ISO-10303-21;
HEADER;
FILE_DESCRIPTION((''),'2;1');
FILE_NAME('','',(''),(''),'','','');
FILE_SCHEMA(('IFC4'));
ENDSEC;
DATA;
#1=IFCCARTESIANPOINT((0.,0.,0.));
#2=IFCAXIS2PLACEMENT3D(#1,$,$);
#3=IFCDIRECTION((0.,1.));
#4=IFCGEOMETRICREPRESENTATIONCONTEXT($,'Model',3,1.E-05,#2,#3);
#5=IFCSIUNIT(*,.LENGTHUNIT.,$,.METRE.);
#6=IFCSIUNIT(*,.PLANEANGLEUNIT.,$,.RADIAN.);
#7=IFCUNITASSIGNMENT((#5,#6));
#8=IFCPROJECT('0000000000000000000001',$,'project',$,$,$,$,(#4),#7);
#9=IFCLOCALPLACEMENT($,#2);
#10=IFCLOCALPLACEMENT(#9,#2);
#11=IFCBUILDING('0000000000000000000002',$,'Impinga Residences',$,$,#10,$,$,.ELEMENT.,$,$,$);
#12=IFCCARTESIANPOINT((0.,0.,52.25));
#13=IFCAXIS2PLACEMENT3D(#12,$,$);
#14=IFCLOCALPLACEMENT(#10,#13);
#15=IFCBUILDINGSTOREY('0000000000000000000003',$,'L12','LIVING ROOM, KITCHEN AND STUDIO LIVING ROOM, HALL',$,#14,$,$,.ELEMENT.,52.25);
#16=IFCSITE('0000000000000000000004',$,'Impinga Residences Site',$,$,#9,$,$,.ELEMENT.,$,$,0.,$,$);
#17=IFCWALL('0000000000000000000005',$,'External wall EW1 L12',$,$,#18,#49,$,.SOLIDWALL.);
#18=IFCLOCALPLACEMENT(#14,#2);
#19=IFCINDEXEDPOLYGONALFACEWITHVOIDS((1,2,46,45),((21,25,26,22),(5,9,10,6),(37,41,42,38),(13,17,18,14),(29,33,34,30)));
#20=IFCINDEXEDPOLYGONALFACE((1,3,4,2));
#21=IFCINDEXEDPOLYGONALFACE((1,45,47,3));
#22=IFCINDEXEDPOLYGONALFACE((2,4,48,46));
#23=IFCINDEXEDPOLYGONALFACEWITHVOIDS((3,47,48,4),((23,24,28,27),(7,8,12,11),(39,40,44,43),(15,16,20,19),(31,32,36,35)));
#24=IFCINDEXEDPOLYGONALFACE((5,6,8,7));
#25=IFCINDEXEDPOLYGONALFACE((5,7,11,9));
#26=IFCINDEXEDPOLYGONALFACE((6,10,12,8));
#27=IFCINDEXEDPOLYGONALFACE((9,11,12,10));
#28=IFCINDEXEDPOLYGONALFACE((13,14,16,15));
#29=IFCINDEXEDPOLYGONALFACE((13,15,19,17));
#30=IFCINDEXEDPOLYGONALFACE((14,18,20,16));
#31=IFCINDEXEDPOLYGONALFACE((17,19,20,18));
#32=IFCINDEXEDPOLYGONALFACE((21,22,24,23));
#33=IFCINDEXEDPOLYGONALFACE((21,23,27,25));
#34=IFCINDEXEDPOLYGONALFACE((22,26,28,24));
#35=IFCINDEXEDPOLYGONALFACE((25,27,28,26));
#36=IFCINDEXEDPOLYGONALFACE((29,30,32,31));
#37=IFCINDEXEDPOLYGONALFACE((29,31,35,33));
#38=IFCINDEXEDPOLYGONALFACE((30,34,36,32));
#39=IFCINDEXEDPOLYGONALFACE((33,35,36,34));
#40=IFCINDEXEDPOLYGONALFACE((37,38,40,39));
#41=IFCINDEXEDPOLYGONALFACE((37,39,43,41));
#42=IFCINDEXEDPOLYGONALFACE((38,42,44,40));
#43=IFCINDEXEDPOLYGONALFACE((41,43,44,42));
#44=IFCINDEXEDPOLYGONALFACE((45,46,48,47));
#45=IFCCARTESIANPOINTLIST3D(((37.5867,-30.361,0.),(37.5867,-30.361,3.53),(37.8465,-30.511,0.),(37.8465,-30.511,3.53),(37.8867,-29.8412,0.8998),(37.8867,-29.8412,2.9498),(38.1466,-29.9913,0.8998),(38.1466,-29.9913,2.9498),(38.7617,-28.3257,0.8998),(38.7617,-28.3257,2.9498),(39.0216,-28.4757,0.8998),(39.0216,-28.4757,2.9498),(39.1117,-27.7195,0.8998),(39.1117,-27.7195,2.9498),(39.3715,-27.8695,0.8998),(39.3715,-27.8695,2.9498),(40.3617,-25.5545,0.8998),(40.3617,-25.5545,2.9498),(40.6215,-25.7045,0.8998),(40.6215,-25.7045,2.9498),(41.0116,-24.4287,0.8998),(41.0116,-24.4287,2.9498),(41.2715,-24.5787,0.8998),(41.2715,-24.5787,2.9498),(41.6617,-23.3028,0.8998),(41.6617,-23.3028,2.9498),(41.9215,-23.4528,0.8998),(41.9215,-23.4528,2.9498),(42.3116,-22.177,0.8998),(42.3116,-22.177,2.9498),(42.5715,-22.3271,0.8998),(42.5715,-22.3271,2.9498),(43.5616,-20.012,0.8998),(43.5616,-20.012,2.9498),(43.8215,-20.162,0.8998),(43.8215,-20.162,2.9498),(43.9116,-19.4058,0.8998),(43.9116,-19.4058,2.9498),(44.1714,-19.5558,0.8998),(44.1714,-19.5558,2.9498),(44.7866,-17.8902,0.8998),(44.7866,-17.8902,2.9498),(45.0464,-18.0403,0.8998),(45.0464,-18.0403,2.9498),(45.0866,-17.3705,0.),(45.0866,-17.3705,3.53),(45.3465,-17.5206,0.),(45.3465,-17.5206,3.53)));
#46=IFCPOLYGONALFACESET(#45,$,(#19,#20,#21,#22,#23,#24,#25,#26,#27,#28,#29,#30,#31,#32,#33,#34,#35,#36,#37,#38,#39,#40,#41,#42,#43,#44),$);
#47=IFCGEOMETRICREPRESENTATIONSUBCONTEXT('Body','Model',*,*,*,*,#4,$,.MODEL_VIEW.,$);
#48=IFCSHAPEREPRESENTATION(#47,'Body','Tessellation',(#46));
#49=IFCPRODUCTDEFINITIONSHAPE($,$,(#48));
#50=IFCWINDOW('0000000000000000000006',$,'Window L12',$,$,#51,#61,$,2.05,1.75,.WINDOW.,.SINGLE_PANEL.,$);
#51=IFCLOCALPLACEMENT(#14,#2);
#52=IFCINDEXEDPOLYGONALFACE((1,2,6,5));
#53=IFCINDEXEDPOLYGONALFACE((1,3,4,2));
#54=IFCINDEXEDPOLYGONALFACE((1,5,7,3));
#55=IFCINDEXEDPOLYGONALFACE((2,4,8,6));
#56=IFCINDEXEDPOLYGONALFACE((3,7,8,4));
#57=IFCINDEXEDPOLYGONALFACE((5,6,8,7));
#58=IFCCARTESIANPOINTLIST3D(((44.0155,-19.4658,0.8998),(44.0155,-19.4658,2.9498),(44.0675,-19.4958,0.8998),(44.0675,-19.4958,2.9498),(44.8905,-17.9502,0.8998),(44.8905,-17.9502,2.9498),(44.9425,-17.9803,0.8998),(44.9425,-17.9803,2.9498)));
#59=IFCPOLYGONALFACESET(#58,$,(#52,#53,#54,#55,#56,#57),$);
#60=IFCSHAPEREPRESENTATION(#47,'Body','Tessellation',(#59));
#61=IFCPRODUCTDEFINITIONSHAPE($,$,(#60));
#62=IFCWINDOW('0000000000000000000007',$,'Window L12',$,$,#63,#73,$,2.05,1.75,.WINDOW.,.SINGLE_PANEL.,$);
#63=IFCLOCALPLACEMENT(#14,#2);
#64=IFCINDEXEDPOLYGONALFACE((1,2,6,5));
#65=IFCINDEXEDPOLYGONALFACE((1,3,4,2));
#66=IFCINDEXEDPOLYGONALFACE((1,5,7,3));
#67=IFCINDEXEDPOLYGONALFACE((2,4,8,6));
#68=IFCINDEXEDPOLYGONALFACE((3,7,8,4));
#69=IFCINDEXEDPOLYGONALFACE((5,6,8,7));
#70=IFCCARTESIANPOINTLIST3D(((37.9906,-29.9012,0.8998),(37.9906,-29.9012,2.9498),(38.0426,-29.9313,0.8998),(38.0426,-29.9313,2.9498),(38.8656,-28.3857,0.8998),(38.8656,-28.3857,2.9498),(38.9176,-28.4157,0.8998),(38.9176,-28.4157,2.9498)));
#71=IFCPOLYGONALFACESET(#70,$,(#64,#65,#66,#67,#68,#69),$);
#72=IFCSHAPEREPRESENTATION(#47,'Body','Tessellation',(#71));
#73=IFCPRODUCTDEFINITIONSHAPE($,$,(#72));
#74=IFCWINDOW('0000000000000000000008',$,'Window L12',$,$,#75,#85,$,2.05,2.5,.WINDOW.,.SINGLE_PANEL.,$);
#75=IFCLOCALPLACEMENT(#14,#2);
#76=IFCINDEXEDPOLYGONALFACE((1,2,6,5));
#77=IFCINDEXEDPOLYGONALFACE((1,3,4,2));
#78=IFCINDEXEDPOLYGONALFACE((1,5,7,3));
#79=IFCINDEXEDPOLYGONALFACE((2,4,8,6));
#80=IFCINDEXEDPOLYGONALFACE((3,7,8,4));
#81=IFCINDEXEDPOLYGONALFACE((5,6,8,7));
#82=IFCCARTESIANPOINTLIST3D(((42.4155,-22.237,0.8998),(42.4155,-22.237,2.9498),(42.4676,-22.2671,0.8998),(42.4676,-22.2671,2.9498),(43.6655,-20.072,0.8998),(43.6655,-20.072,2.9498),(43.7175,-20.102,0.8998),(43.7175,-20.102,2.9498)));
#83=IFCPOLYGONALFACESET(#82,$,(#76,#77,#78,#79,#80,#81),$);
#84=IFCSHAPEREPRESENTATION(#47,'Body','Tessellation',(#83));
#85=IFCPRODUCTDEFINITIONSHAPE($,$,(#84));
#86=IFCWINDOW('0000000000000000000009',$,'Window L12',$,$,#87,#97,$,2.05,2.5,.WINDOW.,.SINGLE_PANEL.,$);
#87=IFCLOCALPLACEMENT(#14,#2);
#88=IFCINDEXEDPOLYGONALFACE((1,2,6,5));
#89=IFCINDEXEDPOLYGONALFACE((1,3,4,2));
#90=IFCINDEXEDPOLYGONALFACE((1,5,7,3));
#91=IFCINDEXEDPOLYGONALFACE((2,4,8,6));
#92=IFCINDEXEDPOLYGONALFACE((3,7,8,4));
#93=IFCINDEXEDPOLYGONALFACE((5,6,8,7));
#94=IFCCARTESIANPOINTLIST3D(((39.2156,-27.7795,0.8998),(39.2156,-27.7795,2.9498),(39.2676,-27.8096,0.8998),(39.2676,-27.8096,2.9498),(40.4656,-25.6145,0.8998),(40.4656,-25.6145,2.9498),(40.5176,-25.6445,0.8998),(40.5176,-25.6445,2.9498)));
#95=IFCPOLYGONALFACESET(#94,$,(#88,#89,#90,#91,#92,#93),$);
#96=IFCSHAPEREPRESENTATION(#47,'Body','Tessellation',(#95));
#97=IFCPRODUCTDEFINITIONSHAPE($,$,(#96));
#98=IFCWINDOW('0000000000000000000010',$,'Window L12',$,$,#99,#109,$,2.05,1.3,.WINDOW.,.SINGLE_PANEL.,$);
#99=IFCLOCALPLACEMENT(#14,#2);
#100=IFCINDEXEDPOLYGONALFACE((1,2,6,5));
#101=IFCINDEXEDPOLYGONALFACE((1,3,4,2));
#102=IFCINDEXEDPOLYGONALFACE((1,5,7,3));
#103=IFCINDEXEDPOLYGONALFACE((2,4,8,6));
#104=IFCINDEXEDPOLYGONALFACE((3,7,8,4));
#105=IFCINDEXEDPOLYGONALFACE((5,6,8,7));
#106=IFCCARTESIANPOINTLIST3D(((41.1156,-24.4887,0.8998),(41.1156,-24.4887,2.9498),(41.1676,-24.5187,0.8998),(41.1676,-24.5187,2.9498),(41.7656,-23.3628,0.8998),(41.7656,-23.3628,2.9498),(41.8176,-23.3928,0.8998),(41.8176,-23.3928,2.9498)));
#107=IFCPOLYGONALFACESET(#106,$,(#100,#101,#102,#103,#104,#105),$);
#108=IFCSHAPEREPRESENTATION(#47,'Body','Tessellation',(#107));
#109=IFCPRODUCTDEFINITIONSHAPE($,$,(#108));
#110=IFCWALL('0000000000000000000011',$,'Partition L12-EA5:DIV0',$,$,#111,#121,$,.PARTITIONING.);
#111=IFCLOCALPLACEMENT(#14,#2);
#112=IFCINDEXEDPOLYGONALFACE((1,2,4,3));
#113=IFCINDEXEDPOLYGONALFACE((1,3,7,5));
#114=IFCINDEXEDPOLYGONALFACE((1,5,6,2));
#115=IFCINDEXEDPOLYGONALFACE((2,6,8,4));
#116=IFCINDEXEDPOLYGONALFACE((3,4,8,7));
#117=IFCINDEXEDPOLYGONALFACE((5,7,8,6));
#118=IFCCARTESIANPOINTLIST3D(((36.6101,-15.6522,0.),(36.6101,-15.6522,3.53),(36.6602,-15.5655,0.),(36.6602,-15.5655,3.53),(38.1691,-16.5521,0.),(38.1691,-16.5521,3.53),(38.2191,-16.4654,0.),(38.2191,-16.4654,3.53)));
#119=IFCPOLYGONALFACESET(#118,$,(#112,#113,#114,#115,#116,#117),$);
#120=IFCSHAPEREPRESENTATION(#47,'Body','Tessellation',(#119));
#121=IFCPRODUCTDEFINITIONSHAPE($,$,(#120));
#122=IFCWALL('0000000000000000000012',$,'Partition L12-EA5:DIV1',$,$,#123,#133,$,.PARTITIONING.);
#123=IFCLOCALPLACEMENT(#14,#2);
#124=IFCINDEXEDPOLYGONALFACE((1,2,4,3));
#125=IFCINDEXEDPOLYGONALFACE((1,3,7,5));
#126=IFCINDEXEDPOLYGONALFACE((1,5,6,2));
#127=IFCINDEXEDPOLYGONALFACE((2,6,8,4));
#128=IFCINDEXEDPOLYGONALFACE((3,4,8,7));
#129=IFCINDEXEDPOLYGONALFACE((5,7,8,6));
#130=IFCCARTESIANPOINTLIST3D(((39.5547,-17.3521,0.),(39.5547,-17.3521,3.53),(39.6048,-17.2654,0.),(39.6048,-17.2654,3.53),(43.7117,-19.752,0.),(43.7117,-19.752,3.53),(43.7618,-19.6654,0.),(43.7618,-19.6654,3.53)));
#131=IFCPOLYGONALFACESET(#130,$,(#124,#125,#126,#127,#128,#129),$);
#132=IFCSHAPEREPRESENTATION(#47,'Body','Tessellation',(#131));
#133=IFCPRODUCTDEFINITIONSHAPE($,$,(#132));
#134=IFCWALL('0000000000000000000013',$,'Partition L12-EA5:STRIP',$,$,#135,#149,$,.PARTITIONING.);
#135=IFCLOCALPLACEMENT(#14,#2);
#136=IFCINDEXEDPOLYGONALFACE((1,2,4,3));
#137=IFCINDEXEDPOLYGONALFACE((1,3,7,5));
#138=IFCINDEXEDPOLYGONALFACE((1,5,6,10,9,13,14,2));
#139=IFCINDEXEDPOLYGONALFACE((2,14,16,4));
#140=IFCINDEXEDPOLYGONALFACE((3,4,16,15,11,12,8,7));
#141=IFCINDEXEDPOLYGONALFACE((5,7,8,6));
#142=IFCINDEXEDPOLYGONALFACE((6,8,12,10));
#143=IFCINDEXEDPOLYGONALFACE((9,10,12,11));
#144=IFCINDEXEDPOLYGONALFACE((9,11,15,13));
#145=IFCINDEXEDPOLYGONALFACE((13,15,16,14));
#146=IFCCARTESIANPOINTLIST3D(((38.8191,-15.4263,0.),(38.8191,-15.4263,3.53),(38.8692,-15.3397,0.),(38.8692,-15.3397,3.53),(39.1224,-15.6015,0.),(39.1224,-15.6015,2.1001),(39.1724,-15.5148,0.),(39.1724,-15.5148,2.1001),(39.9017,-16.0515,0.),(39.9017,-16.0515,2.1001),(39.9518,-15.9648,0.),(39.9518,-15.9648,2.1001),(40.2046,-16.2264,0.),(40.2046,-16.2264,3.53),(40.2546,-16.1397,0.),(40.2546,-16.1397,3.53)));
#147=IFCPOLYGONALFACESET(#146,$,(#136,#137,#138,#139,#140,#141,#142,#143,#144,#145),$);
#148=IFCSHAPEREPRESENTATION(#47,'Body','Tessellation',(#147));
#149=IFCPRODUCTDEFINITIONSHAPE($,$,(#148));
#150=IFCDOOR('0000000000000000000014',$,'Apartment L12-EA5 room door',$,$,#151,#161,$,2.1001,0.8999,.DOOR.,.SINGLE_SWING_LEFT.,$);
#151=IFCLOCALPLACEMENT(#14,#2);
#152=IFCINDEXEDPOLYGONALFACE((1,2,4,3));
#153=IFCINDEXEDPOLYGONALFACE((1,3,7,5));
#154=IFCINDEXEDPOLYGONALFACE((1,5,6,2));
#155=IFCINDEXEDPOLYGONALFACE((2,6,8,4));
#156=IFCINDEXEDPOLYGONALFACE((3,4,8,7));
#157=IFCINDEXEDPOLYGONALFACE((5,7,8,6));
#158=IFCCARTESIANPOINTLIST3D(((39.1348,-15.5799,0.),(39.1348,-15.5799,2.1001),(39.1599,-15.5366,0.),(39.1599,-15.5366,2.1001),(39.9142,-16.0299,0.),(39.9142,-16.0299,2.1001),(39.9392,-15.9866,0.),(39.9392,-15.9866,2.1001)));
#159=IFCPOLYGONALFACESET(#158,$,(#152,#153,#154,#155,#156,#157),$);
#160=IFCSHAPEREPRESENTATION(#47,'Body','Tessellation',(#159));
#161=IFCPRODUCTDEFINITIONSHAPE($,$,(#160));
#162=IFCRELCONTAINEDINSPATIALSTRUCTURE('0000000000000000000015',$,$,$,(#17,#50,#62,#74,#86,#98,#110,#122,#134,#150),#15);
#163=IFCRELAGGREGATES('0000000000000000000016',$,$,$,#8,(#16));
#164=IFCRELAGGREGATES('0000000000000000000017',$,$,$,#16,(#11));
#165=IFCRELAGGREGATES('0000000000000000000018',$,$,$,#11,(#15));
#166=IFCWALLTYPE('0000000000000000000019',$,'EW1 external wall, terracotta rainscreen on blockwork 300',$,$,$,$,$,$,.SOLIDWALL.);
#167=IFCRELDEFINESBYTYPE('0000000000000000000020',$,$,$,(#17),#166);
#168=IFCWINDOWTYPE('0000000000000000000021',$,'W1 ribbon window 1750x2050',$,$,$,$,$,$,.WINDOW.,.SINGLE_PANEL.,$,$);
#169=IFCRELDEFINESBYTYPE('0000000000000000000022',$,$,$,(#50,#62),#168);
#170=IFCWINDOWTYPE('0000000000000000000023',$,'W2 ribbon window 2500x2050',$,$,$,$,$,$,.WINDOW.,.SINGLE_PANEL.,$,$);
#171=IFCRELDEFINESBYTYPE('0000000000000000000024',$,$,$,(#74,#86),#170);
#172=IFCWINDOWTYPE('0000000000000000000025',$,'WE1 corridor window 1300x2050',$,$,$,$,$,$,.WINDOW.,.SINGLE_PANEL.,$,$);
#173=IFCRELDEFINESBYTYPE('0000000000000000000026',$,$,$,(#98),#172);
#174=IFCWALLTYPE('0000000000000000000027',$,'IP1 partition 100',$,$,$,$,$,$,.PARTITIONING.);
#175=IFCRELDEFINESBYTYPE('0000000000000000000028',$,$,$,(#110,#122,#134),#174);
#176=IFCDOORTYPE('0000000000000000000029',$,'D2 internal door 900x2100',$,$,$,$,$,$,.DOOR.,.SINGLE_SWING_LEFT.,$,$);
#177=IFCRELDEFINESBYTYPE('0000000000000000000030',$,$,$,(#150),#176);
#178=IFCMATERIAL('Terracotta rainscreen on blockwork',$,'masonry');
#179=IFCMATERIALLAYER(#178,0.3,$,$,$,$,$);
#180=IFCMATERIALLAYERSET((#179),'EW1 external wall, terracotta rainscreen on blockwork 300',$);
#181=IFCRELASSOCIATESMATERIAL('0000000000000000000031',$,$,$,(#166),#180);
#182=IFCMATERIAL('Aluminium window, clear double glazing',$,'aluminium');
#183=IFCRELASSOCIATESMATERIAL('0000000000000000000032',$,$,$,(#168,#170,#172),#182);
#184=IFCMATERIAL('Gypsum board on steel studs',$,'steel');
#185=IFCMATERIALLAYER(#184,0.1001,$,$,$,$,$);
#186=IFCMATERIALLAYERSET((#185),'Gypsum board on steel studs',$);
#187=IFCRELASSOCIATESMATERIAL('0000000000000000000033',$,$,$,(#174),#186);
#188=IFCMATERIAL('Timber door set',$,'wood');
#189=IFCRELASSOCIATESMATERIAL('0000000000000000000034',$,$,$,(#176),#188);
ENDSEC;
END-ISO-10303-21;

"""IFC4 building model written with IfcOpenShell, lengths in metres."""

from ifc_helpers import new_model, si_unit, direction, frame, frame_2d, origin, place, context, subcontext, project, spatial, rectangle, extrude, material, layer, layer_set, type_object, element, fill, save


model = new_model("IFC4")

# Units and contexts
model_context = context("Model", 3, precision=1e-05, world=origin(), true_north=direction((0.0, 1.0)))
body_context = subcontext(model_context, "Body", "Model", "MODEL_VIEW")
ifc_project = project(units=[si_unit("LENGTHUNIT", "METRE"), si_unit("PLANEANGLEUNIT", "RADIAN")], contexts=[model_context])

# Site, building, storey
site_placement = place(None, origin())
site = spatial("IfcSite", under=ifc_project, at=site_placement, Name="Impinga Residences Site", CompositionType="ELEMENT", RefElevation=0.0)
building_placement = place(site_placement, origin())
building = spatial("IfcBuilding", under=site, at=building_placement, Name="Impinga Residences", CompositionType="ELEMENT")
storey_placement = place(building_placement, frame((0.0, 0.0, 52.25)))
storey = spatial("IfcBuildingStorey", under=building, at=storey_placement, Name="L12", Description="LIVING ROOM, KITCHEN AND STUDIO LIVING ROOM, HALL", CompositionType="ELEMENT", Elevation=52.25)

# Shared definitions
ifc_material_1 = material(Name="Terracotta rainscreen on blockwork", Category="masonry")
ifc_layer_1 = layer(ifc_material_1, 0.3)
ifc_layer_set_1 = layer_set([ifc_layer_1], Name="EW1 external wall, terracotta rainscreen on blockwork 300")
wall_type_1 = type_object("IfcWallType", Name="EW1 external wall, terracotta rainscreen on blockwork 300", PredefinedType="SOLIDWALL", material=ifc_layer_set_1)

# Wall, openings, windows
wall_1_placement = place(storey_placement, frame((45.2166, -17.4456, 0.0), z_axis=(0.0, 0.0, 1.0), x_axis=(-0.499997, -0.866027, 0.0)))
wall_1 = element("IfcWall", 1, at=wall_1_placement, inside=storey, type_object=wall_type_1, Name="External wall EW1 L12", PredefinedType="SOLIDWALL", context=body_context, shape_type="SweptSolid", body=[
    extrude(rectangle(XDim=15.0, YDim=0.3, at=frame_2d((7.5, 0.0))), origin(), (0.0, 0.0, 1.0), 3.53),
])
opening_1_placement = place(wall_1_placement, frame((0.6001, 0.0, 0.8999)))
opening_1 = element("IfcOpeningElement", 2, at=opening_1_placement, cuts=wall_1, PredefinedType="OPENING", context=body_context, shape_type="SweptSolid", body=[
    extrude(rectangle(XDim=1.75, YDim=2.05, at=frame_2d((0.875, 1.0249))), frame((0.0, 0.1599, 0.0), z_axis=(0.0, -1.0, 0.0), x_axis=(1.0, 0.0, 0.0)), (0.0, 0.0, 1.0), 0.3201),
])
opening_2_placement = place(wall_1_placement, frame((3.05, 0.0, 0.8999)))
opening_2 = element("IfcOpeningElement", 3, at=opening_2_placement, cuts=wall_1, PredefinedType="OPENING", context=body_context, shape_type="SweptSolid", body=[
    extrude(rectangle(XDim=2.5, YDim=2.05, at=frame_2d((1.25, 1.0249))), frame((0.0, 0.1599, 0.0), z_axis=(0.0, -1.0, 0.0), x_axis=(1.0, 0.0, 0.0)), (0.0, 0.0, 1.0), 0.3201),
])
opening_3_placement = place(wall_1_placement, frame((6.8501, 0.0, 0.8999)))
opening_3 = element("IfcOpeningElement", 4, at=opening_3_placement, cuts=wall_1, PredefinedType="OPENING", context=body_context, shape_type="SweptSolid", body=[
    extrude(rectangle(XDim=1.3, YDim=2.05, at=frame_2d((0.6499, 1.0249))), frame((0.0, 0.1599, 0.0), z_axis=(0.0, -1.0, 0.0), x_axis=(1.0, 0.0, 0.0)), (0.0, 0.0, 1.0), 0.3201),
])
opening_4_placement = place(wall_1_placement, frame((9.45, 0.0, 0.8999)))
opening_4 = element("IfcOpeningElement", 5, at=opening_4_placement, cuts=wall_1, PredefinedType="OPENING", context=body_context, shape_type="SweptSolid", body=[
    extrude(rectangle(XDim=2.5, YDim=2.05, at=frame_2d((1.25, 1.0249))), frame((0.0, 0.1599, 0.0), z_axis=(0.0, -1.0, 0.0), x_axis=(1.0, 0.0, 0.0)), (0.0, 0.0, 1.0), 0.3201),
])
opening_5_placement = place(wall_1_placement, frame((12.6499, 0.0, 0.8999)))
opening_5 = element("IfcOpeningElement", 6, at=opening_5_placement, cuts=wall_1, PredefinedType="OPENING", context=body_context, shape_type="SweptSolid", body=[
    extrude(rectangle(XDim=1.75, YDim=2.05, at=frame_2d((0.875, 1.0249))), frame((0.0, 0.1599, 0.0), z_axis=(0.0, -1.0, 0.0), x_axis=(1.0, 0.0, 0.0)), (0.0, 0.0, 1.0), 0.3201),
])
ifc_material_2 = material(Name="Aluminium window, clear double glazing", Category="aluminium")
window_type_1 = type_object("IfcWindowType", Name="W1 ribbon window 1750x2050", PartitioningType="SINGLE_PANEL", PredefinedType="WINDOW", material=ifc_material_2)
window_1_placement = place(opening_1_placement, origin())
window_1 = element("IfcWindow", 7, at=window_1_placement, inside=storey, type_object=window_type_1, Name="Window L12", OverallHeight=2.05, OverallWidth=1.75, PartitioningType="SINGLE_PANEL", PredefinedType="WINDOW", context=body_context, shape_type="SweptSolid", body=[
    extrude(rectangle(XDim=1.75, YDim=2.05, at=frame_2d((0.875, 1.0249))), frame((0.0, 0.03, 0.0), z_axis=(0.0, -1.0, 0.0), x_axis=(1.0, 0.0, 0.0)), (0.0, 0.0, 1.0), 0.0601),
])
fill(opening_1, window_1)
window_2_placement = place(opening_5_placement, origin())
window_2 = element("IfcWindow", 8, at=window_2_placement, inside=storey, type_object=window_type_1, Name="Window L12", OverallHeight=2.05, OverallWidth=1.75, PartitioningType="SINGLE_PANEL", PredefinedType="WINDOW", context=body_context, shape_type="SweptSolid", body=[
    extrude(rectangle(XDim=1.75, YDim=2.05, at=frame_2d((0.875, 1.0249))), frame((0.0, 0.03, 0.0), z_axis=(0.0, -1.0, 0.0), x_axis=(1.0, 0.0, 0.0)), (0.0, 0.0, 1.0), 0.0601),
])
fill(opening_5, window_2)
window_type_2 = type_object("IfcWindowType", Name="W2 ribbon window 2500x2050", PartitioningType="SINGLE_PANEL", PredefinedType="WINDOW", material=ifc_material_2)
window_3_placement = place(opening_2_placement, origin())
window_3 = element("IfcWindow", 9, at=window_3_placement, inside=storey, type_object=window_type_2, Name="Window L12", OverallHeight=2.05, OverallWidth=2.5, PartitioningType="SINGLE_PANEL", PredefinedType="WINDOW", context=body_context, shape_type="SweptSolid", body=[
    extrude(rectangle(XDim=2.5, YDim=2.05, at=frame_2d((1.25, 1.0249))), frame((0.0, 0.03, 0.0), z_axis=(0.0, -1.0, 0.0), x_axis=(1.0, 0.0, 0.0)), (0.0, 0.0, 1.0), 0.0601),
])
fill(opening_2, window_3)
window_4_placement = place(opening_4_placement, origin())
window_4 = element("IfcWindow", 10, at=window_4_placement, inside=storey, type_object=window_type_2, Name="Window L12", OverallHeight=2.05, OverallWidth=2.5, PartitioningType="SINGLE_PANEL", PredefinedType="WINDOW", context=body_context, shape_type="SweptSolid", body=[
    extrude(rectangle(XDim=2.5, YDim=2.05, at=frame_2d((1.25, 1.0249))), frame((0.0, 0.03, 0.0), z_axis=(0.0, -1.0, 0.0), x_axis=(1.0, 0.0, 0.0)), (0.0, 0.0, 1.0), 0.0601),
])
fill(opening_4, window_4)
window_type_3 = type_object("IfcWindowType", Name="WE1 corridor window 1300x2050", PartitioningType="SINGLE_PANEL", PredefinedType="WINDOW", material=ifc_material_2)
window_5_placement = place(opening_3_placement, origin())
window_5 = element("IfcWindow", 11, at=window_5_placement, inside=storey, type_object=window_type_3, Name="Window L12", OverallHeight=2.05, OverallWidth=1.3, PartitioningType="SINGLE_PANEL", PredefinedType="WINDOW", context=body_context, shape_type="SweptSolid", body=[
    extrude(rectangle(XDim=1.3, YDim=2.05, at=frame_2d((0.6499, 1.0249))), frame((0.0, 0.03, 0.0), z_axis=(0.0, -1.0, 0.0), x_axis=(1.0, 0.0, 0.0)), (0.0, 0.0, 1.0), 0.0601),
])
fill(opening_3, window_5)

# Walls
ifc_material_3 = material(Name="Gypsum board on steel studs", Category="steel")
ifc_layer_2 = layer(ifc_material_3, 0.1001)
ifc_layer_set_2 = layer_set([ifc_layer_2], Name="Gypsum board on steel studs")
wall_type_2 = type_object("IfcWallType", Name="IP1 partition 100", PredefinedType="PARTITIONING", material=ifc_layer_set_2)
wall_2_placement = place(storey_placement, frame((36.6353, -15.6089, 0.0), z_axis=(0.0, 0.0, 1.0), x_axis=(0.866048, -0.499961, 0.0)))
element("IfcWall", 12, at=wall_2_placement, inside=storey, type_object=wall_type_2, Name="Partition L12-EA5:DIV0", PredefinedType="PARTITIONING", context=body_context, shape_type="SweptSolid", body=[
    extrude(rectangle(XDim=1.8, YDim=0.1001, at=frame_2d((0.8999, 0.0))), origin(), (0.0, 0.0, 1.0), 3.53),
])
wall_3_placement = place(storey_placement, frame((39.5798, -17.3088, 0.0), z_axis=(0.0, 0.0, 1.0), x_axis=(0.866037, -0.499979, 0.0)))
element("IfcWall", 13, at=wall_3_placement, inside=storey, type_object=wall_type_2, Name="Partition L12-EA5:DIV1", PredefinedType="PARTITIONING", context=body_context, shape_type="SweptSolid", body=[
    extrude(rectangle(XDim=4.8, YDim=0.1001, at=frame_2d((2.3999, 0.0))), origin(), (0.0, 0.0, 1.0), 3.53),
])

# Wall, opening, door
wall_4_placement = place(storey_placement, frame((38.8442, -15.3831, 0.0), z_axis=(0.0, 0.0, 1.0), x_axis=(0.86599, -0.500061, 0.0)))
wall_4 = element("IfcWall", 14, at=wall_4_placement, inside=storey, type_object=wall_type_2, Name="Partition L12-EA5:STRIP", PredefinedType="PARTITIONING", context=body_context, shape_type="SweptSolid", body=[
    extrude(rectangle(XDim=1.5999, YDim=0.1001, at=frame_2d((0.7998, 0.0))), origin(), (0.0, 0.0, 1.0), 3.53),
])
opening_6_placement = place(wall_4_placement, frame((0.3501, 0.0, 0.0)))
opening_6 = element("IfcOpeningElement", 15, at=opening_6_placement, cuts=wall_4, PredefinedType="OPENING", context=body_context, shape_type="SweptSolid", body=[
    extrude(rectangle(XDim=0.8999, YDim=2.1001, at=frame_2d((0.45, 1.05))), frame((0.0, 0.0601, 0.0), z_axis=(0.0, -1.0, 0.0), x_axis=(1.0, 0.0, 0.0)), (0.0, 0.0, 1.0), 0.1201),
])
ifc_material_4 = material(Name="Timber door set", Category="wood")
door_type = type_object("IfcDoorType", Name="D2 internal door 900x2100", OperationType="SINGLE_SWING_LEFT", PredefinedType="DOOR", material=ifc_material_4)
door_placement = place(opening_6_placement, origin())
door = element("IfcDoor", 16, at=door_placement, inside=storey, type_object=door_type, Name="Apartment L12-EA5 room door", OperationType="SINGLE_SWING_LEFT", OverallHeight=2.1001, OverallWidth=0.8999, PredefinedType="DOOR", context=body_context, shape_type="SweptSolid", body=[
    extrude(rectangle(XDim=0.8999, YDim=2.1001, at=frame_2d((0.45, 1.05))), frame((0.0, 0.0249, 0.0), z_axis=(0.0, -1.0, 0.0), x_axis=(1.0, 0.0, 0.0)), (0.0, 0.0, 1.0), 0.05),
])
fill(opening_6, door)

save(model, "model.ifc")
